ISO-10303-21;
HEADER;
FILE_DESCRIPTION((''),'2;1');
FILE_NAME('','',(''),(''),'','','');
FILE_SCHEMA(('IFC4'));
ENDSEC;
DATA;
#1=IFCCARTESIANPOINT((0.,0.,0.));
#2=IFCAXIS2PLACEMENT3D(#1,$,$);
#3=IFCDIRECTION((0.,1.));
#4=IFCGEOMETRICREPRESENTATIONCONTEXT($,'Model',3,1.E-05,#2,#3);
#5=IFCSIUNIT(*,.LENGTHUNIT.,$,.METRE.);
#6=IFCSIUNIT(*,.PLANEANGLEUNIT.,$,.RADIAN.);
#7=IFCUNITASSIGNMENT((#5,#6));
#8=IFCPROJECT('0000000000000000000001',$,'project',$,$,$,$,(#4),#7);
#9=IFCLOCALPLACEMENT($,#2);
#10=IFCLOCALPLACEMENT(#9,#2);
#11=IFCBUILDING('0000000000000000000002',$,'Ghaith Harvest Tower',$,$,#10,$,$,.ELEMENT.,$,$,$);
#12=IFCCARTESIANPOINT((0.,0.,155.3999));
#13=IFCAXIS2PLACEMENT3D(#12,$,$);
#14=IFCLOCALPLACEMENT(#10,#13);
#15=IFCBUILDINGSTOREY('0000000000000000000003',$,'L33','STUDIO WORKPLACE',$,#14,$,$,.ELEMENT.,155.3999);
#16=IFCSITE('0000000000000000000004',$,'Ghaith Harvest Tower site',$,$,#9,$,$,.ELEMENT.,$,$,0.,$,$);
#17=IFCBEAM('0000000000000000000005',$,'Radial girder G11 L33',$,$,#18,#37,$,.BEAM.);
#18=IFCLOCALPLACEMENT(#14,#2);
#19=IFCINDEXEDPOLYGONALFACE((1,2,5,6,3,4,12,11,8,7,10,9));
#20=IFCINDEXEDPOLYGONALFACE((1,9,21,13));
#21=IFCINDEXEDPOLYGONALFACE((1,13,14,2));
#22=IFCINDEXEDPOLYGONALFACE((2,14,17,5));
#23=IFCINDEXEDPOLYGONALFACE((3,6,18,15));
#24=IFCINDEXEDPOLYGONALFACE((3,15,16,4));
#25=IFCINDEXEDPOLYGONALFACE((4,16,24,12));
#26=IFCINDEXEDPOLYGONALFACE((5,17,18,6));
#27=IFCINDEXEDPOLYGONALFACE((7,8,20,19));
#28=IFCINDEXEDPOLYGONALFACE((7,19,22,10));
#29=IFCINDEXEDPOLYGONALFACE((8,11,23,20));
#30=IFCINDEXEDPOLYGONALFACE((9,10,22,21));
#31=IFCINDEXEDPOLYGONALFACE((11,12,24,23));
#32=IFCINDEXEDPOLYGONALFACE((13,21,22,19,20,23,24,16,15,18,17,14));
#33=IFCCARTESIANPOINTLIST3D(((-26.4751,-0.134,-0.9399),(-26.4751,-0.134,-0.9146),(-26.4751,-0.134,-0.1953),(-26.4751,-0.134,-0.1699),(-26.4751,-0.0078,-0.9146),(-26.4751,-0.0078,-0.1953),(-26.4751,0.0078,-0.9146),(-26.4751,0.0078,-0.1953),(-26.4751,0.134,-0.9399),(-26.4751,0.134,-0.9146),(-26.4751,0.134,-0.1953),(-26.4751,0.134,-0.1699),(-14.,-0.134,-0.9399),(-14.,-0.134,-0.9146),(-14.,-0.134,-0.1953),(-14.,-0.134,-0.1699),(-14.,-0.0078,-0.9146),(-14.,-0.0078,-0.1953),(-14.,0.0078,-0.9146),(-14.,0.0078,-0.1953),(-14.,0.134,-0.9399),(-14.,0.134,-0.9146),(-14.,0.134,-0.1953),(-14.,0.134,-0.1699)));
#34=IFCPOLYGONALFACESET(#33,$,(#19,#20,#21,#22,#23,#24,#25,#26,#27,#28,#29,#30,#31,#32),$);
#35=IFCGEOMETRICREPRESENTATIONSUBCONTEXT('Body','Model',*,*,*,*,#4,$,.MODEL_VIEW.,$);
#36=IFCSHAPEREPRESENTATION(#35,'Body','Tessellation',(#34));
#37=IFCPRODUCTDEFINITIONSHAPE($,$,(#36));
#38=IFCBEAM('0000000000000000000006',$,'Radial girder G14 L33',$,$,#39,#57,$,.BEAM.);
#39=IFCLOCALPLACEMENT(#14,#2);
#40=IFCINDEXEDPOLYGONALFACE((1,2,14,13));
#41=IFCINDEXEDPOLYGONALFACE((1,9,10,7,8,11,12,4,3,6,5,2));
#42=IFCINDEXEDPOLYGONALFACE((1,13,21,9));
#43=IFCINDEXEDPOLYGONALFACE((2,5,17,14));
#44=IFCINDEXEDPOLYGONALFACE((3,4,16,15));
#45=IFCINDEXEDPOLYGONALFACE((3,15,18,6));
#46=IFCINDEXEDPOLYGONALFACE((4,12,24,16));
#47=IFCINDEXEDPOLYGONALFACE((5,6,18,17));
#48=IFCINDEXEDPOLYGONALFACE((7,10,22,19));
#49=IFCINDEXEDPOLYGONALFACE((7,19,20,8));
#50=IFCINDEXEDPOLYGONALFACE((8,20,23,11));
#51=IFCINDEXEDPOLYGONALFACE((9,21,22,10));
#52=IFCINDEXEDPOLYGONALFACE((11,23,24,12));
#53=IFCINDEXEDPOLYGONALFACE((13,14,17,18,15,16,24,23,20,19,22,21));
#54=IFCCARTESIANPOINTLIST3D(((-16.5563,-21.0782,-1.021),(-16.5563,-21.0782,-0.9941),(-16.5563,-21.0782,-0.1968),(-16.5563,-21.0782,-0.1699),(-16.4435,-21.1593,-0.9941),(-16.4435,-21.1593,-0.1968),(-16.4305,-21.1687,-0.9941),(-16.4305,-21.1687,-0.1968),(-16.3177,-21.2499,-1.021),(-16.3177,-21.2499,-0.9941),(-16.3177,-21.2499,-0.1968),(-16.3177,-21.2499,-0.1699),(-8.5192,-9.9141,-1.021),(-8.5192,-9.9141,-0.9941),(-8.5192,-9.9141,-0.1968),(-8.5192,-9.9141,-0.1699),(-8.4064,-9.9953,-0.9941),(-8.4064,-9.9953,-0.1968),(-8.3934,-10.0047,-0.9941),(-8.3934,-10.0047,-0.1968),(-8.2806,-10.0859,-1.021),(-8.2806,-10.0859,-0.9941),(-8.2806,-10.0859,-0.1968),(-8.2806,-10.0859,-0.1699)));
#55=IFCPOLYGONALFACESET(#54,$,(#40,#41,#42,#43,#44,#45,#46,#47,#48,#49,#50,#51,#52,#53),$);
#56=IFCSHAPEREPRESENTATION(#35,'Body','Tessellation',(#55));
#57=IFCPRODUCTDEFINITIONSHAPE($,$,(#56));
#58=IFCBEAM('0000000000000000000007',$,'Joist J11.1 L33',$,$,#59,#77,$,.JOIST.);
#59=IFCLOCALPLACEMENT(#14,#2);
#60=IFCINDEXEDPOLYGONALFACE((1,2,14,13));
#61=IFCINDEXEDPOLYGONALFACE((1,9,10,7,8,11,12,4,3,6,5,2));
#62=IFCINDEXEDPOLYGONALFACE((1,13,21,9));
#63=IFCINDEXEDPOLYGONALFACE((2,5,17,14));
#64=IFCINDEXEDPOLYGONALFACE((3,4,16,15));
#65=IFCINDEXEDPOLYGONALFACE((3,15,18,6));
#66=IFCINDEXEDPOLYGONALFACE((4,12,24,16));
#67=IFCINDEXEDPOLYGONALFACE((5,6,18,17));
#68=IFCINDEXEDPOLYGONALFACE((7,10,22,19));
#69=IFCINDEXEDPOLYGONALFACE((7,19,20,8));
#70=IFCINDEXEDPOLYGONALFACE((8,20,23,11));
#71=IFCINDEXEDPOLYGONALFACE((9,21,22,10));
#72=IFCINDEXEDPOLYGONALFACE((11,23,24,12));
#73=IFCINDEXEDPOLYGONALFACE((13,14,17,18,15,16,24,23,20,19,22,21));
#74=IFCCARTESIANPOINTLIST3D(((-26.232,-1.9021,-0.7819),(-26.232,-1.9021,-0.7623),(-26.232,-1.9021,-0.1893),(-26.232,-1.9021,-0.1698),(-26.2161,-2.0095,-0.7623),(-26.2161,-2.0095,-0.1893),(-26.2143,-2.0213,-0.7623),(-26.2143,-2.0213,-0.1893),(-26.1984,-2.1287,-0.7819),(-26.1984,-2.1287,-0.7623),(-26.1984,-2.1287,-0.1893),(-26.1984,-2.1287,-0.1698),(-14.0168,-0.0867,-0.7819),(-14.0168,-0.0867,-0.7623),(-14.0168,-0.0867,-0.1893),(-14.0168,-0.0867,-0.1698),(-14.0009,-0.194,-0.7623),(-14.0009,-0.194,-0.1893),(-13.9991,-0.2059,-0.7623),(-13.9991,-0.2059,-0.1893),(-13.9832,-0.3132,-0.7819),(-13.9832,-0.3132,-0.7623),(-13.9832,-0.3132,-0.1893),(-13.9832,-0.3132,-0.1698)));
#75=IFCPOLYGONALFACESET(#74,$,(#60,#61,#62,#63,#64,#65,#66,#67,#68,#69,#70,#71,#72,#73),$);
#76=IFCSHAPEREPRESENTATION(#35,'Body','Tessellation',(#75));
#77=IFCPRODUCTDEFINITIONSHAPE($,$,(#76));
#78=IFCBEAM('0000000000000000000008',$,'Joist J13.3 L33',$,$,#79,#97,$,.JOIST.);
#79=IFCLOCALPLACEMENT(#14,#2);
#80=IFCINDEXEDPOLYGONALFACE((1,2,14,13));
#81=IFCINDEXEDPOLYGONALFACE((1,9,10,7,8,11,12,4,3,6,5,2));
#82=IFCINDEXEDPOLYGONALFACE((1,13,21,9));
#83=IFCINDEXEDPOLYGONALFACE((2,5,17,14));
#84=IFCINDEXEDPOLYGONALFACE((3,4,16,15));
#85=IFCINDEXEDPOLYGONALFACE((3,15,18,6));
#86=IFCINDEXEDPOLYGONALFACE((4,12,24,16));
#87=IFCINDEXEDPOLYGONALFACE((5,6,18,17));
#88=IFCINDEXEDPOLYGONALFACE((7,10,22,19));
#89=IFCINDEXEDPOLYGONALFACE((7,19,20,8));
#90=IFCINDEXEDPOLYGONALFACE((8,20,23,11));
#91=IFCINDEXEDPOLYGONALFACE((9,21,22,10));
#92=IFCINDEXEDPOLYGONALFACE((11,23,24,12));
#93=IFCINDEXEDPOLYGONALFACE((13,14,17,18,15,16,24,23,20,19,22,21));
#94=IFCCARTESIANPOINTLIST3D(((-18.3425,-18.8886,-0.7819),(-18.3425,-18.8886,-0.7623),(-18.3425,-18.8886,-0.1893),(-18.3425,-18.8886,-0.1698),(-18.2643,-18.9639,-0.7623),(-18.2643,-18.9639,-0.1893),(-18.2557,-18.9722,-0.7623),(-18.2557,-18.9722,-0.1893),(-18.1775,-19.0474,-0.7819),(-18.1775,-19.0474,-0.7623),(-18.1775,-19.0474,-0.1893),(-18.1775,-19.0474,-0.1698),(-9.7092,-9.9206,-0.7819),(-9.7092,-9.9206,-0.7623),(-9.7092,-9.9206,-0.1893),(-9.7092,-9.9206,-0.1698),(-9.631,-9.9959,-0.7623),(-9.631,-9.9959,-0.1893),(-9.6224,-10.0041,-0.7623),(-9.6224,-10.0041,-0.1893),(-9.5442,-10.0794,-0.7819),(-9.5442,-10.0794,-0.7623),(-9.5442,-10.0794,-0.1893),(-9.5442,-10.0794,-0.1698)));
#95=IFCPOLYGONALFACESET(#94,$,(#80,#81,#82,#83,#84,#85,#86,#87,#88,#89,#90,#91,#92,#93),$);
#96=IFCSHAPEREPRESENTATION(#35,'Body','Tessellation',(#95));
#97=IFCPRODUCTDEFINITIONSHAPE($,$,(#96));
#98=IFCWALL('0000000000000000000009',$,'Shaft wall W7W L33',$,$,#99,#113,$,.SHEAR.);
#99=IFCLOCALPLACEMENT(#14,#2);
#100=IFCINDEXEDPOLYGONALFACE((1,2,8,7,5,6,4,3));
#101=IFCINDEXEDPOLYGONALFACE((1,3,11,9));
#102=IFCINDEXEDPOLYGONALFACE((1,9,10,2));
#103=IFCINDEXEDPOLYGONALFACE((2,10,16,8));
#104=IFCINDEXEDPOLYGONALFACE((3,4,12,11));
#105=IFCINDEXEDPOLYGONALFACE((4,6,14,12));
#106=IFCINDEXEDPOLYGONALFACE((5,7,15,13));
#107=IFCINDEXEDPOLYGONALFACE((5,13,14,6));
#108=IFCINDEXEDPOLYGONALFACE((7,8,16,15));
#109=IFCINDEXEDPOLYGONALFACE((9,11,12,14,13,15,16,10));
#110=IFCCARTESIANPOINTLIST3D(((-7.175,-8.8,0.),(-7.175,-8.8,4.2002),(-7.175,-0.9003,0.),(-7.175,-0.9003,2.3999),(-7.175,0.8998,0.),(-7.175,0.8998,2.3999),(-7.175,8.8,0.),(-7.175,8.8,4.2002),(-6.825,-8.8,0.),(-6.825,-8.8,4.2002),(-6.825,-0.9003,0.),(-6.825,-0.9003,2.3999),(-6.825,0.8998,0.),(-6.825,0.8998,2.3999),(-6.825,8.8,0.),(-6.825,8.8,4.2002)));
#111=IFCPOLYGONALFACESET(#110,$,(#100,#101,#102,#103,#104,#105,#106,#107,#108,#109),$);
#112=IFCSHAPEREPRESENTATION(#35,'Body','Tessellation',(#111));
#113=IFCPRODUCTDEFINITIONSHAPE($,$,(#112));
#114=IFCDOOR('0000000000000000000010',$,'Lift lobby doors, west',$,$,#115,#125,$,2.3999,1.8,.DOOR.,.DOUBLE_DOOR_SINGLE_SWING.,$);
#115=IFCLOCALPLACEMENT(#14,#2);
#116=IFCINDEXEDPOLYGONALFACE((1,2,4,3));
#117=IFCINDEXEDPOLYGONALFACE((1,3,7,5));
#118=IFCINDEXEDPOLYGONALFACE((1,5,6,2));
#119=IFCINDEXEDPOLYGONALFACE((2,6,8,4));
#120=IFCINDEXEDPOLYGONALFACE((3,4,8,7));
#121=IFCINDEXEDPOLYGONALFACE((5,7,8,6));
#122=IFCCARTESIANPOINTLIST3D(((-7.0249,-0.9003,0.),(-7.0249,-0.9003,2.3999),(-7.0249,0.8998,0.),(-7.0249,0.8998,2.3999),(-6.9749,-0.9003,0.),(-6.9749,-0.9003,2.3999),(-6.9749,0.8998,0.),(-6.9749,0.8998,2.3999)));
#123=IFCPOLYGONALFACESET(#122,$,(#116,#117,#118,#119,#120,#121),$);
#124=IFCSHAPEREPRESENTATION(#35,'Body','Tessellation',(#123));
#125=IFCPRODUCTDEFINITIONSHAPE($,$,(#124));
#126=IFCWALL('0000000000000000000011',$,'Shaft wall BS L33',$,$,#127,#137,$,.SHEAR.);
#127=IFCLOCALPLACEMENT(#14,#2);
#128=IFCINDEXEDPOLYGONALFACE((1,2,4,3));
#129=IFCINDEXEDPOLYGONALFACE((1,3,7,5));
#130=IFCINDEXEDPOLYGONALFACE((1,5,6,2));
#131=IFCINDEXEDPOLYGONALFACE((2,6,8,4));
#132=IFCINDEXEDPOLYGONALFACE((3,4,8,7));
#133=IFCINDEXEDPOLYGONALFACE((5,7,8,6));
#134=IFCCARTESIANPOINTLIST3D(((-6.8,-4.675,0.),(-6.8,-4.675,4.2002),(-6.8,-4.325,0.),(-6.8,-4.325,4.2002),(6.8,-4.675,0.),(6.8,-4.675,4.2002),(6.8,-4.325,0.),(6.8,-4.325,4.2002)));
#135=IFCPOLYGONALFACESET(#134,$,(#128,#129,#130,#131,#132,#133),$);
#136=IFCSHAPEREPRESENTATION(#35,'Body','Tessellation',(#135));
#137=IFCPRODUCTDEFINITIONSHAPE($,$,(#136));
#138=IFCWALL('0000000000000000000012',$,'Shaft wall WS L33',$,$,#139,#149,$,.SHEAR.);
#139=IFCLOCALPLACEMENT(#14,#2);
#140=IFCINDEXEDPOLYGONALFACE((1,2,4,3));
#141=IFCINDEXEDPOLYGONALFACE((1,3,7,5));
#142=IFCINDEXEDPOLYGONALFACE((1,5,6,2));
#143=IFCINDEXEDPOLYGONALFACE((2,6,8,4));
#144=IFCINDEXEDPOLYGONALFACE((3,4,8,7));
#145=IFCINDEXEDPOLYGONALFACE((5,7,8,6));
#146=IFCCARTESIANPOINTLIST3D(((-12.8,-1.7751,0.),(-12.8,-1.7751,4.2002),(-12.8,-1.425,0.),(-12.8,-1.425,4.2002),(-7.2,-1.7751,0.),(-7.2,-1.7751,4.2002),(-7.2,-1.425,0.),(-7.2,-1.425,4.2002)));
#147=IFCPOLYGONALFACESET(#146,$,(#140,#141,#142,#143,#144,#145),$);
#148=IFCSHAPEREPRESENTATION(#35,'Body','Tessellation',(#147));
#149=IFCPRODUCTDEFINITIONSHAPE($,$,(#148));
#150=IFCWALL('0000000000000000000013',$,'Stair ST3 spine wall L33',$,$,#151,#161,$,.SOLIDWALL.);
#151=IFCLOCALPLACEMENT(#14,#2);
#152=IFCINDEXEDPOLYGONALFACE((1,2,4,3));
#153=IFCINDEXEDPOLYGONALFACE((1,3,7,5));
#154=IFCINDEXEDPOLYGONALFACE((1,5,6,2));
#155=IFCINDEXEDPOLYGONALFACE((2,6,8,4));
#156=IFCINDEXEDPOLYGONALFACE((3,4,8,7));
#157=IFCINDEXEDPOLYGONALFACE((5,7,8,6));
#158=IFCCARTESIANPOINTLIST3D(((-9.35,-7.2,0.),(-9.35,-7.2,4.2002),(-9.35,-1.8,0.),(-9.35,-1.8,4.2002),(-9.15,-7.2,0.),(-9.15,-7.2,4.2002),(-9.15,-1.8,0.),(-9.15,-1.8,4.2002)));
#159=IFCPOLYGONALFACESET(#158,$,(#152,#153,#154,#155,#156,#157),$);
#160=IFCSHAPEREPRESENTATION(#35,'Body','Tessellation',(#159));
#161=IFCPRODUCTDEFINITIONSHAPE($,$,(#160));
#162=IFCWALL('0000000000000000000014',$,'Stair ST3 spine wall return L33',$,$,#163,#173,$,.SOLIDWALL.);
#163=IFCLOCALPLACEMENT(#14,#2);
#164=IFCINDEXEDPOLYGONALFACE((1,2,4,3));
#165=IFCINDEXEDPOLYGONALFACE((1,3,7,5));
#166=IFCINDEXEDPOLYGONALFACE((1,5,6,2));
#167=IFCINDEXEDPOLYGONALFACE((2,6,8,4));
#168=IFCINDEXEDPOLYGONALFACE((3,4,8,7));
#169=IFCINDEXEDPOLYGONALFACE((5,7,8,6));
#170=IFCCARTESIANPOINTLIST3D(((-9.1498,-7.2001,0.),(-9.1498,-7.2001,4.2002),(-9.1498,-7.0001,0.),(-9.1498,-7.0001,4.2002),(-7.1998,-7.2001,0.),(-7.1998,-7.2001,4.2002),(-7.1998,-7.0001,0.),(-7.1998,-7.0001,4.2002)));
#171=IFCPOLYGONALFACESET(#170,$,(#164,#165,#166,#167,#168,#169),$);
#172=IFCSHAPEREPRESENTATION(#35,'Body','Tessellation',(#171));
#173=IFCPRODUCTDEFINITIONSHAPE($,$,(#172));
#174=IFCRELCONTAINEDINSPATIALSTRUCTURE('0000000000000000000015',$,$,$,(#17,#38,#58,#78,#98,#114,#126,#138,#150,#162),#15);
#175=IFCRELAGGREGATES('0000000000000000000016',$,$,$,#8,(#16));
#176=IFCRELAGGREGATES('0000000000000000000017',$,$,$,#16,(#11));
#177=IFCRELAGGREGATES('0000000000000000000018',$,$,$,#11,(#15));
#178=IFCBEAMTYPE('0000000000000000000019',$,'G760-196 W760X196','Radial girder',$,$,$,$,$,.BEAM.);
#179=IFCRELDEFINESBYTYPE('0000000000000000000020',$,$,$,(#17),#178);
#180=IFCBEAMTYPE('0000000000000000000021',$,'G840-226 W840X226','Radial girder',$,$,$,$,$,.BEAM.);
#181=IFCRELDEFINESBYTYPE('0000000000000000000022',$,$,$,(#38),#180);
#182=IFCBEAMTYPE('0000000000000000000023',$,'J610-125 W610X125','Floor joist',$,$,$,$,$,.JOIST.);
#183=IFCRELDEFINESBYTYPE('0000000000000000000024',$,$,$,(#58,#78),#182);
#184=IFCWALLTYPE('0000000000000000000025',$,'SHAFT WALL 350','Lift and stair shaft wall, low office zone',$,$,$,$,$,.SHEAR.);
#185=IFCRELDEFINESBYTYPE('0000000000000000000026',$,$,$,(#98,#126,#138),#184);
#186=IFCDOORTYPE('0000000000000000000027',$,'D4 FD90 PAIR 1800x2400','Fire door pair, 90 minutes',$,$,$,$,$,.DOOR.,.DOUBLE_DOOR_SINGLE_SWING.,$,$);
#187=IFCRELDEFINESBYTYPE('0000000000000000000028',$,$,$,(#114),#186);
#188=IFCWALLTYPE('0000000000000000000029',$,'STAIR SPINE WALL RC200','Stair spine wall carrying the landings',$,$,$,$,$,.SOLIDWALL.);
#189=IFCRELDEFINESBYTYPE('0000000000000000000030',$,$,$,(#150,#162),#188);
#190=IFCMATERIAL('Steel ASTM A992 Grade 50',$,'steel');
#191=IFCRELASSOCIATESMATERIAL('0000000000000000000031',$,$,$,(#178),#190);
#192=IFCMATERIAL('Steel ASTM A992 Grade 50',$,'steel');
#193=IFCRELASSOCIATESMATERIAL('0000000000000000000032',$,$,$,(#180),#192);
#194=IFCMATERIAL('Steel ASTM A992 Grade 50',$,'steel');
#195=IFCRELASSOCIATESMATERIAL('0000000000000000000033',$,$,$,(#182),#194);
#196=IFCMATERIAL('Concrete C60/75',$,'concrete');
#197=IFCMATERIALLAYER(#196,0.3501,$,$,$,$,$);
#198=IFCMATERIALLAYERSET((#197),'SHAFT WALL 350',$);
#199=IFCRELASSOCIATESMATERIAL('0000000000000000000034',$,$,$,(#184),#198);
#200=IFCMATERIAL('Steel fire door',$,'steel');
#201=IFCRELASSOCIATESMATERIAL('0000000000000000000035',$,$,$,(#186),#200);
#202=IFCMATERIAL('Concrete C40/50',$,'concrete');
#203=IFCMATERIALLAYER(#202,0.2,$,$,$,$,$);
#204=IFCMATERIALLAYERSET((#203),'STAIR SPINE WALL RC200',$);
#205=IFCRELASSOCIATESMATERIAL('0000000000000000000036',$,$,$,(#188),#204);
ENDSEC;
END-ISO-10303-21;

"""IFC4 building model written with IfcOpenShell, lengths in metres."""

from ifc_helpers import new_model, si_unit, direction, frame, frame_2d, origin, origin_2d, place, context, subcontext, project, spatial, rectangle, i_section, extrude, material, layer, layer_set, material_profile, profile_set, type_object, element, fill, save


model = new_model("IFC4")

# Units and contexts
model_context = context("Model", 3, precision=1e-05, world=origin(), true_north=direction((0.0, 1.0)))
body_context = subcontext(model_context, "Body", "Model", "MODEL_VIEW")
ifc_project = project(units=[si_unit("LENGTHUNIT", "METRE"), si_unit("PLANEANGLEUNIT", "RADIAN")], contexts=[model_context])

# Site, building, storey
site_placement = place(None, origin())
site = spatial("IfcSite", under=ifc_project, at=site_placement, Name="Ghaith Harvest Tower site", CompositionType="ELEMENT", RefElevation=0.0)
building_placement = place(site_placement, origin())
building = spatial("IfcBuilding", under=site, at=building_placement, Name="Ghaith Harvest Tower", CompositionType="ELEMENT")
storey_placement = place(building_placement, frame((0.0, 0.0, 155.3999)))
storey = spatial("IfcBuildingStorey", under=building, at=storey_placement, Name="L33", Description="STUDIO WORKPLACE", CompositionType="ELEMENT", Elevation=155.3999)

# Beams
ifc_material_1 = material(Name="Steel ASTM A992 Grade 50", Category="steel")
ifc_material_profile_1 = material_profile(ifc_material_1, i_section(OverallWidth=0.2681, OverallDepth=0.77, WebThickness=0.0156, FlangeThickness=0.0254, at=origin_2d()), Name="W760X196")
ifc_profile_set_1 = profile_set([ifc_material_profile_1], Name="Steel ASTM A992 Grade 50")
beam_type_1 = type_object("IfcBeamType", Name="G760-196 W760X196", Description="Radial girder", PredefinedType="BEAM", material=ifc_profile_set_1)
beam_1_placement = place(storey_placement, frame((-14.0, 0.0, -0.5549), z_axis=(-1.0, 0.0, 0.0), x_axis=(0.0, -1.0, 0.0)))
element("IfcBeam", 1, at=beam_1_placement, inside=storey, type_object=beam_type_1, Name="Radial girder G11 L33", PredefinedType="BEAM", context=body_context, shape_type="SweptSolid", body=[
    extrude(i_section(OverallWidth=0.2681, OverallDepth=0.77, WebThickness=0.0156, FlangeThickness=0.0254, at=origin_2d()), origin(), (0.0, 0.0, 1.0), 12.4751),
])
ifc_material_2 = material(Name="Steel ASTM A992 Grade 50", Category="steel")
ifc_material_profile_2 = material_profile(ifc_material_2, i_section(OverallWidth=0.2939, OverallDepth=0.8511, WebThickness=0.0161, FlangeThickness=0.0269, at=origin_2d()), Name="W840X226")
ifc_profile_set_2 = profile_set([ifc_material_profile_2], Name="Steel ASTM A992 Grade 50")
beam_type_2 = type_object("IfcBeamType", Name="G840-226 W840X226", Description="Radial girder", PredefinedType="BEAM", material=ifc_profile_set_2)
beam_2_placement = place(storey_placement, frame((-8.3999, -10.0, -0.5955), z_axis=(-0.584256, -0.811569, 0.0), x_axis=(0.811569, -0.584256, 0.0)))
element("IfcBeam", 2, at=beam_2_placement, inside=storey, type_object=beam_type_2, Name="Radial girder G14 L33", PredefinedType="BEAM", context=body_context, shape_type="SweptSolid", body=[
    extrude(i_section(OverallWidth=0.2939, OverallDepth=0.8511, WebThickness=0.0161, FlangeThickness=0.0269, at=origin_2d()), origin(), (0.0, 0.0, 1.0), 13.7561),
])
ifc_material_3 = material(Name="Steel ASTM A992 Grade 50", Category="steel")
ifc_material_profile_3 = material_profile(ifc_material_3, i_section(OverallWidth=0.229, OverallDepth=0.6121, WebThickness=0.012, FlangeThickness=0.0195, at=origin_2d()), Name="W610X125")
ifc_profile_set_3 = profile_set([ifc_material_profile_3], Name="Steel ASTM A992 Grade 50")
beam_type_3 = type_object("IfcBeamType", Name="J610-125 W610X125", Description="Floor joist", PredefinedType="JOIST", material=ifc_profile_set_3)
beam_3_placement = place(storey_placement, frame((-14.0, -0.2, -0.4758), z_axis=(-0.989135, -0.147007, 0.0), x_axis=(0.147007, -0.989135, 0.0)))
element("IfcBeam", 3, at=beam_3_placement, inside=storey, type_object=beam_type_3, Name="Joist J11.1 L33", PredefinedType="JOIST", context=body_context, shape_type="SweptSolid", body=[
    extrude(i_section(OverallWidth=0.229, OverallDepth=0.6121, WebThickness=0.012, FlangeThickness=0.0195, at=origin_2d()), origin(), (0.0, 0.0, 1.0), 12.3494),
])
beam_4_placement = place(storey_placement, frame((-9.6267, -10.0, -0.4758), z_axis=(-0.693535, -0.720423, 0.0), x_axis=(0.720423, -0.693535, 0.0)))
element("IfcBeam", 4, at=beam_4_placement, inside=storey, type_object=beam_type_3, Name="Joist J13.3 L33", PredefinedType="JOIST", context=body_context, shape_type="SweptSolid", body=[
    extrude(i_section(OverallWidth=0.229, OverallDepth=0.6121, WebThickness=0.012, FlangeThickness=0.0195, at=origin_2d()), origin(), (0.0, 0.0, 1.0), 12.4482),
])

# Wall, opening, door
ifc_material_4 = material(Name="Concrete C60/75", Category="concrete")
ifc_layer_1 = layer(ifc_material_4, 0.3501)
ifc_layer_set_1 = layer_set([ifc_layer_1], Name="SHAFT WALL 350")
wall_type_1 = type_object("IfcWallType", Name="SHAFT WALL 350", Description="Lift and stair shaft wall, low office zone", PredefinedType="SHEAR", material=ifc_layer_set_1)
wall_1_placement = place(storey_placement, frame((-7.0, -8.8, 0.0), z_axis=(0.0, 0.0, 1.0), x_axis=(0.0, 1.0, 0.0)))
wall_1 = element("IfcWall", 5, at=wall_1_placement, inside=storey, type_object=wall_type_1, Name="Shaft wall W7W L33", PredefinedType="SHEAR", context=body_context, shape_type="SweptSolid", body=[
    extrude(rectangle(XDim=17.6001, YDim=0.3501, at=frame_2d((8.8, 0.0))), origin(), (0.0, 0.0, 1.0), 4.2002),
])
opening_1_placement = place(wall_1_placement, frame((7.8999, 0.0, 0.0)))
opening_1 = element("IfcOpeningElement", 6, at=opening_1_placement, cuts=wall_1, PredefinedType="OPENING", context=body_context, shape_type="SweptSolid", body=[
    extrude(rectangle(XDim=1.8, YDim=2.3999, at=frame_2d((0.8999, 1.2))), frame((0.0, 0.1851, 0.0), z_axis=(0.0, -1.0, 0.0), x_axis=(1.0, 0.0, 0.0)), (0.0, 0.0, 1.0), 0.3701),
])
ifc_material_5 = material(Name="Steel fire door", Category="steel")
door_type_1 = type_object("IfcDoorType", Name="D4 FD90 PAIR 1800x2400", Description="Fire door pair, 90 minutes", OperationType="DOUBLE_DOOR_SINGLE_SWING", PredefinedType="DOOR", material=ifc_material_5)
door_1_placement = place(opening_1_placement, origin())
door_1 = element("IfcDoor", 7, at=door_1_placement, inside=storey, type_object=door_type_1, Name="Lift lobby doors, west", OperationType="DOUBLE_DOOR_SINGLE_SWING", OverallHeight=2.3999, OverallWidth=1.8, PredefinedType="DOOR", context=body_context, shape_type="SweptSolid", body=[
    extrude(rectangle(XDim=1.8, YDim=2.3999, at=frame_2d((0.8999, 1.2))), frame((0.0, 0.0249, 0.0), z_axis=(0.0, -1.0, 0.0), x_axis=(1.0, 0.0, 0.0)), (0.0, 0.0, 1.0), 0.05),
])
fill(opening_1, door_1)

# Walls
wall_2_placement = place(storey_placement, frame((-6.8, -4.5, 0.0), z_axis=(0.0, 0.0, 1.0), x_axis=(1.0, 0.0, 0.0)))
element("IfcWall", 8, at=wall_2_placement, inside=storey, type_object=wall_type_1, Name="Shaft wall BS L33", PredefinedType="SHEAR", context=body_context, shape_type="SweptSolid", body=[
    extrude(rectangle(XDim=13.6001, YDim=0.3501, at=frame_2d((6.8, 0.0))), origin(), (0.0, 0.0, 1.0), 4.2002),
])
wall_3_placement = place(storey_placement, frame((-12.8, -1.6001, 0.0), z_axis=(0.0, 0.0, 1.0), x_axis=(1.0, 0.0, 0.0)))
element("IfcWall", 9, at=wall_3_placement, inside=storey, type_object=wall_type_1, Name="Shaft wall WS L33", PredefinedType="SHEAR", context=body_context, shape_type="SweptSolid", body=[
    extrude(rectangle(XDim=5.6001, YDim=0.3501, at=frame_2d((2.8, 0.0))), origin(), (0.0, 0.0, 1.0), 4.2002),
])
ifc_material_6 = material(Name="Concrete C40/50", Category="concrete")
ifc_layer_2 = layer(ifc_material_6, 0.2)
ifc_layer_set_2 = layer_set([ifc_layer_2], Name="STAIR SPINE WALL RC200")
wall_type_2 = type_object("IfcWallType", Name="STAIR SPINE WALL RC200", Description="Stair spine wall carrying the landings", PredefinedType="SOLIDWALL", material=ifc_layer_set_2)
wall_4_placement = place(storey_placement, frame((-9.25, -7.2, 0.0), z_axis=(0.0, 0.0, 1.0), x_axis=(0.0, 1.0, 0.0)))
element("IfcWall", 10, at=wall_4_placement, inside=storey, type_object=wall_type_2, Name="Stair ST3 spine wall L33", PredefinedType="SOLIDWALL", context=body_context, shape_type="SweptSolid", body=[
    extrude(rectangle(XDim=5.3999, YDim=0.2, at=frame_2d((2.7, 0.0))), origin(), (0.0, 0.0, 1.0), 4.2002),
])
wall_5_placement = place(storey_placement, frame((-9.1499, -7.1001, 0.0), z_axis=(0.0, 0.0, 1.0), x_axis=(1.0, 0.0, 0.0)))
element("IfcWall", 11, at=wall_5_placement, inside=storey, type_object=wall_type_2, Name="Stair ST3 spine wall return L33", PredefinedType="SOLIDWALL", context=body_context, shape_type="SweptSolid", body=[
    extrude(rectangle(XDim=1.95, YDim=0.2, at=frame_2d((0.9751, 0.0))), origin(), (0.0, 0.0, 1.0), 4.2002),
])

save(model, "model.ifc")
